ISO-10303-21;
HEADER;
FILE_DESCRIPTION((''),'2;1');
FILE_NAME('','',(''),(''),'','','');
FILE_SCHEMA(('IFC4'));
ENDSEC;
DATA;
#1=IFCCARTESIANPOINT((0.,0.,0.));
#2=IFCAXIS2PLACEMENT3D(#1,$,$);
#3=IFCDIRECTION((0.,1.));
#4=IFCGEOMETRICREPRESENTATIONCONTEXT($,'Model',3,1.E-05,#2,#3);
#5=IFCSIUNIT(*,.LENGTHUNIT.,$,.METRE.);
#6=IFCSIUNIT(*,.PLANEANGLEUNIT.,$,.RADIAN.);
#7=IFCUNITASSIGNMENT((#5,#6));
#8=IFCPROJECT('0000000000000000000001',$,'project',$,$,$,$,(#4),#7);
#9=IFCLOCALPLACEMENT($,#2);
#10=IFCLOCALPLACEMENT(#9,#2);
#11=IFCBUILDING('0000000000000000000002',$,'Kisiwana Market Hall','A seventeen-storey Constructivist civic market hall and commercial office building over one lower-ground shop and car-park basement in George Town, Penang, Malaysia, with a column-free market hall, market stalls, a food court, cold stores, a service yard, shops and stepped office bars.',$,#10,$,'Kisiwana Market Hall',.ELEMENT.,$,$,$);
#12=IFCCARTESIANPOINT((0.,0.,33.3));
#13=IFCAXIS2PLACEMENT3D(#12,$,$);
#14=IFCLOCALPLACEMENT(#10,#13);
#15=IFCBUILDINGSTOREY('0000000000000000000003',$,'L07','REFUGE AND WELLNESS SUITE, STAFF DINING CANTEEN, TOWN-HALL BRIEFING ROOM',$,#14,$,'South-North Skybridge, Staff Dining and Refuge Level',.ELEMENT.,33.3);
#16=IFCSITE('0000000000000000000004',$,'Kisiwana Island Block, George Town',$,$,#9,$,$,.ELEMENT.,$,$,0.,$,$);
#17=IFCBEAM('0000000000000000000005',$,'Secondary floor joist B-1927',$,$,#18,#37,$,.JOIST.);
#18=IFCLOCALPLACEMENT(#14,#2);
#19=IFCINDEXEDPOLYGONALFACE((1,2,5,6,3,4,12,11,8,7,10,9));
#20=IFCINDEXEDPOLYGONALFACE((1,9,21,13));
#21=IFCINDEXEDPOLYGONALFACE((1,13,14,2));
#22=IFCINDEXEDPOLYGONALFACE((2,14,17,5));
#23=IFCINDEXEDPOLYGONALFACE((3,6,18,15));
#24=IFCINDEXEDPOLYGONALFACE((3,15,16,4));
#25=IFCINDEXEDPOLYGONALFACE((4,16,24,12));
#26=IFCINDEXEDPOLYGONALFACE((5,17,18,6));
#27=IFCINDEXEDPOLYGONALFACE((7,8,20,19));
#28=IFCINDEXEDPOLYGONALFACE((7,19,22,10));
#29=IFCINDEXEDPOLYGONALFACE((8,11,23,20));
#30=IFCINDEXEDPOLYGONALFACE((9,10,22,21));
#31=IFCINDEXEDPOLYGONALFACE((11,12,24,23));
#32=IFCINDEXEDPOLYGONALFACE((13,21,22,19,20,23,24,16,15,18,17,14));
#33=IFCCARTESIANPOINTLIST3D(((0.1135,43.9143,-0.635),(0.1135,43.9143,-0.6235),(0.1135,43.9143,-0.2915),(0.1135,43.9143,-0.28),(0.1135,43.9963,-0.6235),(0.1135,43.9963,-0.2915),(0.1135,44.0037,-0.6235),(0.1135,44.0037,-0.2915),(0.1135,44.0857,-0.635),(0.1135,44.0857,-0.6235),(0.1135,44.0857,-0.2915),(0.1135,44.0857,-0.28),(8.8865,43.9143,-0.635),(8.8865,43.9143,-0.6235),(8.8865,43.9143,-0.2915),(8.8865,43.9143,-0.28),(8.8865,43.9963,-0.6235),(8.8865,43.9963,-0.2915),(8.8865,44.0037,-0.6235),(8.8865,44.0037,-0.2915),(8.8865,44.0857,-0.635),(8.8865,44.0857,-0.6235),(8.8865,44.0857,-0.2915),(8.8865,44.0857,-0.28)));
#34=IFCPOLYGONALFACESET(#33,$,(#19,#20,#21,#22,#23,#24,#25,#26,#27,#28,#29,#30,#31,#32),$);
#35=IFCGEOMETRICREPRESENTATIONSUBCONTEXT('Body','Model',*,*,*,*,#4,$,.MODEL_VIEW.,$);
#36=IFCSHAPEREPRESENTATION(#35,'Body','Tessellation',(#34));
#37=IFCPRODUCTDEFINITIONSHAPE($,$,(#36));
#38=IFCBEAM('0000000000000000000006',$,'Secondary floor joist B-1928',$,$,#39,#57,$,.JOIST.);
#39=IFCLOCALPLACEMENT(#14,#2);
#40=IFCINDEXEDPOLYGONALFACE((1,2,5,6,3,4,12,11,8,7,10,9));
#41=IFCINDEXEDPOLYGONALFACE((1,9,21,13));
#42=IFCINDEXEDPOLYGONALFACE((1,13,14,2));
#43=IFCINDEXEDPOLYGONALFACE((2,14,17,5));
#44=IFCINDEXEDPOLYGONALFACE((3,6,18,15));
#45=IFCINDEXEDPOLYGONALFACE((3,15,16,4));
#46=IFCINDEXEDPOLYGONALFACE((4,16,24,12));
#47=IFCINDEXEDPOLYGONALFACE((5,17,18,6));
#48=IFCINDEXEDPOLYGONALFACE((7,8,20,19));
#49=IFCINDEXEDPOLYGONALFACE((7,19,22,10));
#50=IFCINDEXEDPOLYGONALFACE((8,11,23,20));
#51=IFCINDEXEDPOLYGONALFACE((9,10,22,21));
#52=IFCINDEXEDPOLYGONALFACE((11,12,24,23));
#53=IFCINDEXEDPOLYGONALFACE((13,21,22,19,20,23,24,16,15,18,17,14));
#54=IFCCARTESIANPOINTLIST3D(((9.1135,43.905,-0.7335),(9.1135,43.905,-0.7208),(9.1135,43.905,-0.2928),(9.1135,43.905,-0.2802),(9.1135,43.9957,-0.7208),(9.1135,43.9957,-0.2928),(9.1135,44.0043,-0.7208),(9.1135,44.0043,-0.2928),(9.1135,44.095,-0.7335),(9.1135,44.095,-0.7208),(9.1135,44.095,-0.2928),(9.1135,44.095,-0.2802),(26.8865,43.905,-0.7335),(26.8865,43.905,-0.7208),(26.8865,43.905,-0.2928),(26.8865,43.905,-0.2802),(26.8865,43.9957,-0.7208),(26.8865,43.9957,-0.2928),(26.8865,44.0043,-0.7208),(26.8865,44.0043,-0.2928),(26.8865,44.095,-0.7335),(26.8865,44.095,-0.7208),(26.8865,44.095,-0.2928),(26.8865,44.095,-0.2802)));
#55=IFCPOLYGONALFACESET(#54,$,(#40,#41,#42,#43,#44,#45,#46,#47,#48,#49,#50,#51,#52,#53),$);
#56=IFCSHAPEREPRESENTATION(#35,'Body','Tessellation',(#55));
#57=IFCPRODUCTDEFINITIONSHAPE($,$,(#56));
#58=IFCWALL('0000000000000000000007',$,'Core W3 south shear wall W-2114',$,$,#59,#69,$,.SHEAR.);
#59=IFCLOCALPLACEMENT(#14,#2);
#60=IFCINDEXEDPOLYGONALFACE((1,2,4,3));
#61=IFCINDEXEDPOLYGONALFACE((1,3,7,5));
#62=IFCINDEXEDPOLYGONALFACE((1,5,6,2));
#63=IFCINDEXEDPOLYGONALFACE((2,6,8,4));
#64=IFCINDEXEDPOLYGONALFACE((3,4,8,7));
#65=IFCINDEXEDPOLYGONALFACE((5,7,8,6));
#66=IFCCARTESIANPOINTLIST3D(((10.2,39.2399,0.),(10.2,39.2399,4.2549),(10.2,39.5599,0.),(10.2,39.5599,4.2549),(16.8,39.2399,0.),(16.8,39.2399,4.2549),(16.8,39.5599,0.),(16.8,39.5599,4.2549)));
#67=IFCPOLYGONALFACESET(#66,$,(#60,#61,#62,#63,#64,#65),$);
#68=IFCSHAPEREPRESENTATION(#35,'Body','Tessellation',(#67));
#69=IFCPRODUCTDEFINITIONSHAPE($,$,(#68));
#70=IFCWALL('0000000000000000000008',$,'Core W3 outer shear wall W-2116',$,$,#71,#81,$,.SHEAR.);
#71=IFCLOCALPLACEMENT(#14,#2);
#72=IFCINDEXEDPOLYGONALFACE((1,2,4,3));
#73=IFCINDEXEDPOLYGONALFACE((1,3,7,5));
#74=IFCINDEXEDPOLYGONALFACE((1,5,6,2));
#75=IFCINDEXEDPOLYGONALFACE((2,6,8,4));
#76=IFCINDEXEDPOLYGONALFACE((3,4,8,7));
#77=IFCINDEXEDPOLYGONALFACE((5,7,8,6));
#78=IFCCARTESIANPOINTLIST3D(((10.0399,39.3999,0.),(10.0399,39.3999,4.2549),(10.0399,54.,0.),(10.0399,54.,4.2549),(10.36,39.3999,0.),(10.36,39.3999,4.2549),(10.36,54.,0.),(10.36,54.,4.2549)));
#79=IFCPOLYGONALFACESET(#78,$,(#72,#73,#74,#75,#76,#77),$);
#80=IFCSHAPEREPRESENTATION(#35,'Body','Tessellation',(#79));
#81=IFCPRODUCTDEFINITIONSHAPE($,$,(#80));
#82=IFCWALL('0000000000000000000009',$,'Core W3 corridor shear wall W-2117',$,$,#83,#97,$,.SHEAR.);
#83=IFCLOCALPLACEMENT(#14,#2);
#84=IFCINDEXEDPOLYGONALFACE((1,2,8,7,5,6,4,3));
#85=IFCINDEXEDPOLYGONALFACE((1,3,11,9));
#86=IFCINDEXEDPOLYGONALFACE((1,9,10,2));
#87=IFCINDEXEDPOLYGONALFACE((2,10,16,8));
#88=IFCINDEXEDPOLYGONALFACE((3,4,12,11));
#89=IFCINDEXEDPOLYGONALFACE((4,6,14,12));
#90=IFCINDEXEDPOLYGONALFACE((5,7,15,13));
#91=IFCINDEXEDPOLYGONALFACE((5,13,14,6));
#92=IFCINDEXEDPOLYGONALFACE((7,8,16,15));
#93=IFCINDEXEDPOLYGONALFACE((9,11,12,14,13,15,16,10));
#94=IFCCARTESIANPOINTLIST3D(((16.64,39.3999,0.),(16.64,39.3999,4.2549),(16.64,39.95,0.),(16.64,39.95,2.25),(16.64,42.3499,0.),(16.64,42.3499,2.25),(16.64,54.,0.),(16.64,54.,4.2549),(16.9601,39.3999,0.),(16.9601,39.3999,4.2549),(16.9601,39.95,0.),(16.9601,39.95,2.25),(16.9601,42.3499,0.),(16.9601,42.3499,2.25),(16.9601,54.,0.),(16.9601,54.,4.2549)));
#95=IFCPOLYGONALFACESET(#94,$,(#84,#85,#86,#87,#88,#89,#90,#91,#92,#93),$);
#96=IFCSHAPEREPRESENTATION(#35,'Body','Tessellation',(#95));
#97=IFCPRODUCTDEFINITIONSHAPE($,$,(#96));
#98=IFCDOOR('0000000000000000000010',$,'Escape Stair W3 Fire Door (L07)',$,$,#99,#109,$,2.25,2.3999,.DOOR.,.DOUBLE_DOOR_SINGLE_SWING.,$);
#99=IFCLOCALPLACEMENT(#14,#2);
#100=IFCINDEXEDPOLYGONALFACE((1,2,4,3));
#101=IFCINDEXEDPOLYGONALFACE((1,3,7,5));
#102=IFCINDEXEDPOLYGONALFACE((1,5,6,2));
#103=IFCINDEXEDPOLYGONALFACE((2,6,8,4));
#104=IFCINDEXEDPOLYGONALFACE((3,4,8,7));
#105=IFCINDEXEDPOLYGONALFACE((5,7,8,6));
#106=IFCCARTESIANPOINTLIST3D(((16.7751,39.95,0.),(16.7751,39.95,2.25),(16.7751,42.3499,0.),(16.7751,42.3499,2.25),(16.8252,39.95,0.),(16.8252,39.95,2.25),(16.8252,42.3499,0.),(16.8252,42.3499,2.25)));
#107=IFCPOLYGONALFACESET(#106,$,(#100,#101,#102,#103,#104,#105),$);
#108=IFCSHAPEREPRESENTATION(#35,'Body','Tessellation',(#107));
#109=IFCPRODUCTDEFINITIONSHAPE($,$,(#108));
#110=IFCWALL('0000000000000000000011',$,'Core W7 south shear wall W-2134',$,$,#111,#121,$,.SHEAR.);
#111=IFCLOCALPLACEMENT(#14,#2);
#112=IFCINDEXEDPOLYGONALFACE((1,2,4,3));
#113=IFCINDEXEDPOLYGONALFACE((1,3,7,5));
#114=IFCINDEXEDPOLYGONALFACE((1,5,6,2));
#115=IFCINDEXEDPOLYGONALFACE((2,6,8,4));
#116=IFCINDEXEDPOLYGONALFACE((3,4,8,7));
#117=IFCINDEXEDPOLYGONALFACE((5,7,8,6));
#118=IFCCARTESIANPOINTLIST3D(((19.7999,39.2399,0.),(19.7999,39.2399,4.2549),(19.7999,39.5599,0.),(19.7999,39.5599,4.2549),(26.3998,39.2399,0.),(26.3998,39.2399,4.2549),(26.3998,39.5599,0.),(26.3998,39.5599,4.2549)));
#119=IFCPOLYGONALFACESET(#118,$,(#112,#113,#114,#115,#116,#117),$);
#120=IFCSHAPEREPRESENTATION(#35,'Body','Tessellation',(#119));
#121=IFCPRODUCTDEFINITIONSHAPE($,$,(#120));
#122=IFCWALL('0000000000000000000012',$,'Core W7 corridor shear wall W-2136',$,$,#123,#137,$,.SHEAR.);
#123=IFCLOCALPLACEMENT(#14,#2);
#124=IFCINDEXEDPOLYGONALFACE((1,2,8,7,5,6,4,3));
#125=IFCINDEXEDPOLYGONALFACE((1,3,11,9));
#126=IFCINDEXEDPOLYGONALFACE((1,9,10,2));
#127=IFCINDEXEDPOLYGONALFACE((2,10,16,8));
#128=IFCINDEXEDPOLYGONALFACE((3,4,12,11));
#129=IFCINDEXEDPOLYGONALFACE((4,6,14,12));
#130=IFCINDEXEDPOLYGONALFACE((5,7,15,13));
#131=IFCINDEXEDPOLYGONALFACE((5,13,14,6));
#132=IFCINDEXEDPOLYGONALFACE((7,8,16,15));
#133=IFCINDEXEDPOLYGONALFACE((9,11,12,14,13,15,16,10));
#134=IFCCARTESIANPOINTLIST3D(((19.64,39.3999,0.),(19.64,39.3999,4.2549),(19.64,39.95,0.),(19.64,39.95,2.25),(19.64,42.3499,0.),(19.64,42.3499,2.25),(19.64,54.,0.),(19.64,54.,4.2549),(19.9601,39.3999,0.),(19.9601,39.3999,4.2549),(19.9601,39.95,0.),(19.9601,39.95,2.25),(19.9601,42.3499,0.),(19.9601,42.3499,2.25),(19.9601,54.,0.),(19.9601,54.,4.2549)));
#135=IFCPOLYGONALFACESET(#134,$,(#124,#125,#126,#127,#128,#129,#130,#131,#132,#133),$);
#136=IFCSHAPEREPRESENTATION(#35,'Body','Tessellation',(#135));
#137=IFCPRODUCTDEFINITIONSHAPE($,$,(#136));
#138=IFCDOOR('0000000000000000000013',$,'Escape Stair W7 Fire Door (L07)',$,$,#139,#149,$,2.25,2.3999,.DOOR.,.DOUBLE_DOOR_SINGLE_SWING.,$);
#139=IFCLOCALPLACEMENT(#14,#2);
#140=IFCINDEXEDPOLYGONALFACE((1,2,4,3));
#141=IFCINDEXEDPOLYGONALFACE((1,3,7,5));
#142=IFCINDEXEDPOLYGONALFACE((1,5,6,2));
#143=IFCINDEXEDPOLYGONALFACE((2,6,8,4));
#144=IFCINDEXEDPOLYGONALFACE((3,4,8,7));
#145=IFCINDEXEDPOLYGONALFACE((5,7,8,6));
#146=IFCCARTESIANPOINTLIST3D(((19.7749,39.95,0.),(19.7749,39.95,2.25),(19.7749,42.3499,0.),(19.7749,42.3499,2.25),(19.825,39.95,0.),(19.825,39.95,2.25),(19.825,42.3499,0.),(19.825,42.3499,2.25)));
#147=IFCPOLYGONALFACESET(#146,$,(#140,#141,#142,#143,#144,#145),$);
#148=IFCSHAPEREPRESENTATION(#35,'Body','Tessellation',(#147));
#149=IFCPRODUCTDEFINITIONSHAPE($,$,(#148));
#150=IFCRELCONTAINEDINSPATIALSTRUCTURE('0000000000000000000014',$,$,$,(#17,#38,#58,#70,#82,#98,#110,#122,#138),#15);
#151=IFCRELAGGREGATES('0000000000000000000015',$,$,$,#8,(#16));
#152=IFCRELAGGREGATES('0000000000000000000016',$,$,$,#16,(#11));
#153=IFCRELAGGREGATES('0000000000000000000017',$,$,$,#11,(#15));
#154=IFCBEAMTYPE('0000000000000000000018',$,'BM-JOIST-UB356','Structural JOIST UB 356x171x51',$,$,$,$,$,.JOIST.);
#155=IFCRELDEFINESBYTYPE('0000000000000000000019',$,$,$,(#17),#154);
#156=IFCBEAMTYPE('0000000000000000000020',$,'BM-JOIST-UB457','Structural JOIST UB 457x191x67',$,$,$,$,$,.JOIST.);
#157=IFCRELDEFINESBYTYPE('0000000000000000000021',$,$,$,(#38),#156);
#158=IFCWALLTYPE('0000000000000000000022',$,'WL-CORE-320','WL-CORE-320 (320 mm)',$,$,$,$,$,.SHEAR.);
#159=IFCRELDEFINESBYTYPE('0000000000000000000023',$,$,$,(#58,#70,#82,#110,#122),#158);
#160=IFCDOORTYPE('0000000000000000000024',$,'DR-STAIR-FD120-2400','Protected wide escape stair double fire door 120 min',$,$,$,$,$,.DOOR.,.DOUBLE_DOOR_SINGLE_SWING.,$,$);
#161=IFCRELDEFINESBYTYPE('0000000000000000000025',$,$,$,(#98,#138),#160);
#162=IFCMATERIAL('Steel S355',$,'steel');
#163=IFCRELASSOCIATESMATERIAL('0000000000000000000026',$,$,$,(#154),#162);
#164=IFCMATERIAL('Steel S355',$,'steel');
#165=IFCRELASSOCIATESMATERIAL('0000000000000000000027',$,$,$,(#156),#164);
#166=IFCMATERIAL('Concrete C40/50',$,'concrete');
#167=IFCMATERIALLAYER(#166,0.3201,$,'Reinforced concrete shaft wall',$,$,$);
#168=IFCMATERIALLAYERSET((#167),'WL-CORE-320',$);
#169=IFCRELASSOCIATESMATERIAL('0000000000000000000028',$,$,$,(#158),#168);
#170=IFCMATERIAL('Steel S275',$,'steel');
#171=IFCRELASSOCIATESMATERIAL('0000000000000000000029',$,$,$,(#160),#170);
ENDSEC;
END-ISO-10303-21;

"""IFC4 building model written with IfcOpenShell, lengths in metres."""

from ifc_helpers import new_model, si_unit, direction, frame, frame_2d, origin, origin_2d, place, context, subcontext, project, spatial, rectangle, i_section, extrude, material, layer, layer_set, material_profile, profile_set, type_object, element, fill, save


model = new_model("IFC4")

# Units and contexts
model_context = context("Model", 3, precision=1e-05, world=origin(), true_north=direction((0.0, 1.0)))
body_context = subcontext(model_context, "Body", "Model", "MODEL_VIEW")
ifc_project = project(units=[si_unit("LENGTHUNIT", "METRE"), si_unit("PLANEANGLEUNIT", "RADIAN")], contexts=[model_context])

# Site, building, storey
site_placement = place(None, origin())
site = spatial("IfcSite", under=ifc_project, at=site_placement, Name="Kisiwana Island Block, George Town", CompositionType="ELEMENT", RefElevation=0.0)
building_placement = place(site_placement, origin())
building = spatial("IfcBuilding", under=site, at=building_placement, Name="Kisiwana Market Hall", Description="A seventeen-storey Constructivist civic market hall and commercial office building over one lower-ground shop and car-park basement in George Town, Penang, Malaysia, with a column-free market hall, market stalls, a food court, cold stores, a service yard, shops and stepped office bars.", LongName="Kisiwana Market Hall", CompositionType="ELEMENT")
storey_placement = place(building_placement, frame((0.0, 0.0, 33.3)))
storey = spatial("IfcBuildingStorey", under=building, at=storey_placement, Name="L07", Description="REFUGE AND WELLNESS SUITE, STAFF DINING CANTEEN, TOWN-HALL BRIEFING ROOM", LongName="South-North Skybridge, Staff Dining and Refuge Level", CompositionType="ELEMENT", Elevation=33.3)

# Beams
ifc_material_1 = material(Name="Steel S355", Category="steel")
ifc_material_profile_1 = material_profile(ifc_material_1, i_section(OverallWidth=0.1714, OverallDepth=0.355, WebThickness=0.0073, FlangeThickness=0.0115, at=origin_2d()), Name="UB 356x171x51")
ifc_profile_set_1 = profile_set([ifc_material_profile_1], Name="Steel S355")
beam_type_1 = type_object("IfcBeamType", Name="BM-JOIST-UB356", Description="Structural JOIST UB 356x171x51", PredefinedType="JOIST", material=ifc_profile_set_1)
beam_1_placement = place(storey_placement, frame((0.1135, 44.0, -0.4575), z_axis=(1.0, 0.0, 0.0), x_axis=(0.0, 1.0, 0.0)))
element("IfcBeam", 1, at=beam_1_placement, inside=storey, type_object=beam_type_1, Name="Secondary floor joist B-1927", PredefinedType="JOIST", context=body_context, shape_type="SweptSolid", body=[
    extrude(i_section(OverallWidth=0.1714, OverallDepth=0.355, WebThickness=0.0073, FlangeThickness=0.0115, at=origin_2d()), origin(), (0.0, 0.0, 1.0), 8.7729),
])
ifc_material_2 = material(Name="Steel S355", Category="steel")
ifc_material_profile_2 = material_profile(ifc_material_2, i_section(OverallWidth=0.1899, OverallDepth=0.4534, WebThickness=0.0085, FlangeThickness=0.0127, at=origin_2d()), Name="UB 457x191x67")
ifc_profile_set_2 = profile_set([ifc_material_profile_2], Name="Steel S355")
beam_type_2 = type_object("IfcBeamType", Name="BM-JOIST-UB457", Description="Structural JOIST UB 457x191x67", PredefinedType="JOIST", material=ifc_profile_set_2)
beam_2_placement = place(storey_placement, frame((9.1135, 44.0, -0.5068), z_axis=(1.0, 0.0, 0.0), x_axis=(0.0, 1.0, 0.0)))
element("IfcBeam", 2, at=beam_2_placement, inside=storey, type_object=beam_type_2, Name="Secondary floor joist B-1928", PredefinedType="JOIST", context=body_context, shape_type="SweptSolid", body=[
    extrude(i_section(OverallWidth=0.1899, OverallDepth=0.4534, WebThickness=0.0085, FlangeThickness=0.0127, at=origin_2d()), origin(), (0.0, 0.0, 1.0), 17.7729),
])

# Walls
ifc_material_3 = material(Name="Concrete C40/50", Category="concrete")
ifc_layer_1 = layer(ifc_material_3, 0.3201, Name="Reinforced concrete shaft wall")
ifc_layer_set_1 = layer_set([ifc_layer_1], Name="WL-CORE-320")
wall_type_1 = type_object("IfcWallType", Name="WL-CORE-320", Description="WL-CORE-320 (320 mm)", PredefinedType="SHEAR", material=ifc_layer_set_1)
wall_1_placement = place(storey_placement, frame((10.2, 39.3999, 0.0), z_axis=(0.0, 0.0, 1.0), x_axis=(1.0, 0.0, 0.0)))
element("IfcWall", 3, at=wall_1_placement, inside=storey, type_object=wall_type_1, Name="Core W3 south shear wall W-2114", PredefinedType="SHEAR", context=body_context, shape_type="SweptSolid", body=[
    extrude(rectangle(XDim=6.6001, YDim=0.3201, at=frame_2d((3.3, 0.0))), origin(), (0.0, 0.0, 1.0), 4.2549),
])
wall_2_placement = place(storey_placement, frame((10.2, 39.3999, 0.0), z_axis=(0.0, 0.0, 1.0), x_axis=(0.0, 1.0, 0.0)))
element("IfcWall", 4, at=wall_2_placement, inside=storey, type_object=wall_type_1, Name="Core W3 outer shear wall W-2116", PredefinedType="SHEAR", context=body_context, shape_type="SweptSolid", body=[
    extrude(rectangle(XDim=14.6001, YDim=0.3201, at=frame_2d((7.3, 0.0))), origin(), (0.0, 0.0, 1.0), 4.2549),
])

# Wall, opening, door
wall_3_placement = place(storey_placement, frame((16.8, 39.3999, 0.0), z_axis=(0.0, 0.0, 1.0), x_axis=(0.0, 1.0, 0.0)))
wall_3 = element("IfcWall", 5, at=wall_3_placement, inside=storey, type_object=wall_type_1, Name="Core W3 corridor shear wall W-2117", PredefinedType="SHEAR", context=body_context, shape_type="SweptSolid", body=[
    extrude(rectangle(XDim=14.6001, YDim=0.3201, at=frame_2d((7.3, 0.0))), origin(), (0.0, 0.0, 1.0), 4.2549),
])
opening_1_placement = place(wall_3_placement, frame((0.55, 0.0, 0.0)))
opening_1 = element("IfcOpeningElement", 6, at=opening_1_placement, cuts=wall_3, PredefinedType="OPENING", context=body_context, shape_type="SweptSolid", body=[
    extrude(rectangle(XDim=2.3999, YDim=2.25, at=frame_2d((1.2, 1.125))), frame((0.0, 0.1719, 0.0), z_axis=(0.0, -1.0, 0.0), x_axis=(1.0, 0.0, 0.0)), (0.0, 0.0, 1.0), 0.344),
])
ifc_material_4 = material(Name="Steel S275", Category="steel")
door_type_1 = type_object("IfcDoorType", Name="DR-STAIR-FD120-2400", Description="Protected wide escape stair double fire door 120 min", OperationType="DOUBLE_DOOR_SINGLE_SWING", PredefinedType="DOOR", material=ifc_material_4)
door_1_placement = place(opening_1_placement, origin())
door_1 = element("IfcDoor", 7, at=door_1_placement, inside=storey, type_object=door_type_1, Name="Escape Stair W3 Fire Door (L07)", OperationType="DOUBLE_DOOR_SINGLE_SWING", OverallHeight=2.25, OverallWidth=2.3999, PredefinedType="DOOR", context=body_context, shape_type="SweptSolid", body=[
    extrude(rectangle(XDim=2.3999, YDim=2.25, at=frame_2d((1.2, 1.125))), frame((0.0, 0.0249, 0.0), z_axis=(0.0, -1.0, 0.0), x_axis=(1.0, 0.0, 0.0)), (0.0, 0.0, 1.0), 0.05),
])
fill(opening_1, door_1)

# Wall
wall_4_placement = place(storey_placement, frame((19.8, 39.3999, 0.0), z_axis=(0.0, 0.0, 1.0), x_axis=(1.0, 0.0, 0.0)))
element("IfcWall", 8, at=wall_4_placement, inside=storey, type_object=wall_type_1, Name="Core W7 south shear wall W-2134", PredefinedType="SHEAR", context=body_context, shape_type="SweptSolid", body=[
    extrude(rectangle(XDim=6.5999, YDim=0.3201, at=frame_2d((3.2998, 0.0))), origin(), (0.0, 0.0, 1.0), 4.2549),
])

# Wall, opening, door
wall_5_placement = place(storey_placement, frame((19.8, 39.3999, 0.0), z_axis=(0.0, 0.0, 1.0), x_axis=(0.0, 1.0, 0.0)))
wall_5 = element("IfcWall", 9, at=wall_5_placement, inside=storey, type_object=wall_type_1, Name="Core W7 corridor shear wall W-2136", PredefinedType="SHEAR", context=body_context, shape_type="SweptSolid", body=[
    extrude(rectangle(XDim=14.6001, YDim=0.3201, at=frame_2d((7.3, 0.0))), origin(), (0.0, 0.0, 1.0), 4.2549),
])
opening_2_placement = place(wall_5_placement, frame((0.55, 0.0, 0.0)))
opening_2 = element("IfcOpeningElement", 10, at=opening_2_placement, cuts=wall_5, PredefinedType="OPENING", context=body_context, shape_type="SweptSolid", body=[
    extrude(rectangle(XDim=2.3999, YDim=2.25, at=frame_2d((1.2, 1.125))), frame((0.0, 0.1719, 0.0), z_axis=(0.0, -1.0, 0.0), x_axis=(1.0, 0.0, 0.0)), (0.0, 0.0, 1.0), 0.344),
])
door_2_placement = place(opening_2_placement, frame((2.3999, 0.0, 0.0), z_axis=(0.0, 0.0, 1.0), x_axis=(-1.0, 0.0, 0.0)))
door_2 = element("IfcDoor", 11, at=door_2_placement, inside=storey, type_object=door_type_1, Name="Escape Stair W7 Fire Door (L07)", OperationType="DOUBLE_DOOR_SINGLE_SWING", OverallHeight=2.25, OverallWidth=2.3999, PredefinedType="DOOR", context=body_context, shape_type="SweptSolid", body=[
    extrude(rectangle(XDim=2.3999, YDim=2.25, at=frame_2d((1.2, 1.125))), frame((0.0, 0.0249, 0.0), z_axis=(0.0, -1.0, 0.0), x_axis=(1.0, 0.0, 0.0)), (0.0, 0.0, 1.0), 0.05),
])
fill(opening_2, door_2)

save(model, "model.ifc")
